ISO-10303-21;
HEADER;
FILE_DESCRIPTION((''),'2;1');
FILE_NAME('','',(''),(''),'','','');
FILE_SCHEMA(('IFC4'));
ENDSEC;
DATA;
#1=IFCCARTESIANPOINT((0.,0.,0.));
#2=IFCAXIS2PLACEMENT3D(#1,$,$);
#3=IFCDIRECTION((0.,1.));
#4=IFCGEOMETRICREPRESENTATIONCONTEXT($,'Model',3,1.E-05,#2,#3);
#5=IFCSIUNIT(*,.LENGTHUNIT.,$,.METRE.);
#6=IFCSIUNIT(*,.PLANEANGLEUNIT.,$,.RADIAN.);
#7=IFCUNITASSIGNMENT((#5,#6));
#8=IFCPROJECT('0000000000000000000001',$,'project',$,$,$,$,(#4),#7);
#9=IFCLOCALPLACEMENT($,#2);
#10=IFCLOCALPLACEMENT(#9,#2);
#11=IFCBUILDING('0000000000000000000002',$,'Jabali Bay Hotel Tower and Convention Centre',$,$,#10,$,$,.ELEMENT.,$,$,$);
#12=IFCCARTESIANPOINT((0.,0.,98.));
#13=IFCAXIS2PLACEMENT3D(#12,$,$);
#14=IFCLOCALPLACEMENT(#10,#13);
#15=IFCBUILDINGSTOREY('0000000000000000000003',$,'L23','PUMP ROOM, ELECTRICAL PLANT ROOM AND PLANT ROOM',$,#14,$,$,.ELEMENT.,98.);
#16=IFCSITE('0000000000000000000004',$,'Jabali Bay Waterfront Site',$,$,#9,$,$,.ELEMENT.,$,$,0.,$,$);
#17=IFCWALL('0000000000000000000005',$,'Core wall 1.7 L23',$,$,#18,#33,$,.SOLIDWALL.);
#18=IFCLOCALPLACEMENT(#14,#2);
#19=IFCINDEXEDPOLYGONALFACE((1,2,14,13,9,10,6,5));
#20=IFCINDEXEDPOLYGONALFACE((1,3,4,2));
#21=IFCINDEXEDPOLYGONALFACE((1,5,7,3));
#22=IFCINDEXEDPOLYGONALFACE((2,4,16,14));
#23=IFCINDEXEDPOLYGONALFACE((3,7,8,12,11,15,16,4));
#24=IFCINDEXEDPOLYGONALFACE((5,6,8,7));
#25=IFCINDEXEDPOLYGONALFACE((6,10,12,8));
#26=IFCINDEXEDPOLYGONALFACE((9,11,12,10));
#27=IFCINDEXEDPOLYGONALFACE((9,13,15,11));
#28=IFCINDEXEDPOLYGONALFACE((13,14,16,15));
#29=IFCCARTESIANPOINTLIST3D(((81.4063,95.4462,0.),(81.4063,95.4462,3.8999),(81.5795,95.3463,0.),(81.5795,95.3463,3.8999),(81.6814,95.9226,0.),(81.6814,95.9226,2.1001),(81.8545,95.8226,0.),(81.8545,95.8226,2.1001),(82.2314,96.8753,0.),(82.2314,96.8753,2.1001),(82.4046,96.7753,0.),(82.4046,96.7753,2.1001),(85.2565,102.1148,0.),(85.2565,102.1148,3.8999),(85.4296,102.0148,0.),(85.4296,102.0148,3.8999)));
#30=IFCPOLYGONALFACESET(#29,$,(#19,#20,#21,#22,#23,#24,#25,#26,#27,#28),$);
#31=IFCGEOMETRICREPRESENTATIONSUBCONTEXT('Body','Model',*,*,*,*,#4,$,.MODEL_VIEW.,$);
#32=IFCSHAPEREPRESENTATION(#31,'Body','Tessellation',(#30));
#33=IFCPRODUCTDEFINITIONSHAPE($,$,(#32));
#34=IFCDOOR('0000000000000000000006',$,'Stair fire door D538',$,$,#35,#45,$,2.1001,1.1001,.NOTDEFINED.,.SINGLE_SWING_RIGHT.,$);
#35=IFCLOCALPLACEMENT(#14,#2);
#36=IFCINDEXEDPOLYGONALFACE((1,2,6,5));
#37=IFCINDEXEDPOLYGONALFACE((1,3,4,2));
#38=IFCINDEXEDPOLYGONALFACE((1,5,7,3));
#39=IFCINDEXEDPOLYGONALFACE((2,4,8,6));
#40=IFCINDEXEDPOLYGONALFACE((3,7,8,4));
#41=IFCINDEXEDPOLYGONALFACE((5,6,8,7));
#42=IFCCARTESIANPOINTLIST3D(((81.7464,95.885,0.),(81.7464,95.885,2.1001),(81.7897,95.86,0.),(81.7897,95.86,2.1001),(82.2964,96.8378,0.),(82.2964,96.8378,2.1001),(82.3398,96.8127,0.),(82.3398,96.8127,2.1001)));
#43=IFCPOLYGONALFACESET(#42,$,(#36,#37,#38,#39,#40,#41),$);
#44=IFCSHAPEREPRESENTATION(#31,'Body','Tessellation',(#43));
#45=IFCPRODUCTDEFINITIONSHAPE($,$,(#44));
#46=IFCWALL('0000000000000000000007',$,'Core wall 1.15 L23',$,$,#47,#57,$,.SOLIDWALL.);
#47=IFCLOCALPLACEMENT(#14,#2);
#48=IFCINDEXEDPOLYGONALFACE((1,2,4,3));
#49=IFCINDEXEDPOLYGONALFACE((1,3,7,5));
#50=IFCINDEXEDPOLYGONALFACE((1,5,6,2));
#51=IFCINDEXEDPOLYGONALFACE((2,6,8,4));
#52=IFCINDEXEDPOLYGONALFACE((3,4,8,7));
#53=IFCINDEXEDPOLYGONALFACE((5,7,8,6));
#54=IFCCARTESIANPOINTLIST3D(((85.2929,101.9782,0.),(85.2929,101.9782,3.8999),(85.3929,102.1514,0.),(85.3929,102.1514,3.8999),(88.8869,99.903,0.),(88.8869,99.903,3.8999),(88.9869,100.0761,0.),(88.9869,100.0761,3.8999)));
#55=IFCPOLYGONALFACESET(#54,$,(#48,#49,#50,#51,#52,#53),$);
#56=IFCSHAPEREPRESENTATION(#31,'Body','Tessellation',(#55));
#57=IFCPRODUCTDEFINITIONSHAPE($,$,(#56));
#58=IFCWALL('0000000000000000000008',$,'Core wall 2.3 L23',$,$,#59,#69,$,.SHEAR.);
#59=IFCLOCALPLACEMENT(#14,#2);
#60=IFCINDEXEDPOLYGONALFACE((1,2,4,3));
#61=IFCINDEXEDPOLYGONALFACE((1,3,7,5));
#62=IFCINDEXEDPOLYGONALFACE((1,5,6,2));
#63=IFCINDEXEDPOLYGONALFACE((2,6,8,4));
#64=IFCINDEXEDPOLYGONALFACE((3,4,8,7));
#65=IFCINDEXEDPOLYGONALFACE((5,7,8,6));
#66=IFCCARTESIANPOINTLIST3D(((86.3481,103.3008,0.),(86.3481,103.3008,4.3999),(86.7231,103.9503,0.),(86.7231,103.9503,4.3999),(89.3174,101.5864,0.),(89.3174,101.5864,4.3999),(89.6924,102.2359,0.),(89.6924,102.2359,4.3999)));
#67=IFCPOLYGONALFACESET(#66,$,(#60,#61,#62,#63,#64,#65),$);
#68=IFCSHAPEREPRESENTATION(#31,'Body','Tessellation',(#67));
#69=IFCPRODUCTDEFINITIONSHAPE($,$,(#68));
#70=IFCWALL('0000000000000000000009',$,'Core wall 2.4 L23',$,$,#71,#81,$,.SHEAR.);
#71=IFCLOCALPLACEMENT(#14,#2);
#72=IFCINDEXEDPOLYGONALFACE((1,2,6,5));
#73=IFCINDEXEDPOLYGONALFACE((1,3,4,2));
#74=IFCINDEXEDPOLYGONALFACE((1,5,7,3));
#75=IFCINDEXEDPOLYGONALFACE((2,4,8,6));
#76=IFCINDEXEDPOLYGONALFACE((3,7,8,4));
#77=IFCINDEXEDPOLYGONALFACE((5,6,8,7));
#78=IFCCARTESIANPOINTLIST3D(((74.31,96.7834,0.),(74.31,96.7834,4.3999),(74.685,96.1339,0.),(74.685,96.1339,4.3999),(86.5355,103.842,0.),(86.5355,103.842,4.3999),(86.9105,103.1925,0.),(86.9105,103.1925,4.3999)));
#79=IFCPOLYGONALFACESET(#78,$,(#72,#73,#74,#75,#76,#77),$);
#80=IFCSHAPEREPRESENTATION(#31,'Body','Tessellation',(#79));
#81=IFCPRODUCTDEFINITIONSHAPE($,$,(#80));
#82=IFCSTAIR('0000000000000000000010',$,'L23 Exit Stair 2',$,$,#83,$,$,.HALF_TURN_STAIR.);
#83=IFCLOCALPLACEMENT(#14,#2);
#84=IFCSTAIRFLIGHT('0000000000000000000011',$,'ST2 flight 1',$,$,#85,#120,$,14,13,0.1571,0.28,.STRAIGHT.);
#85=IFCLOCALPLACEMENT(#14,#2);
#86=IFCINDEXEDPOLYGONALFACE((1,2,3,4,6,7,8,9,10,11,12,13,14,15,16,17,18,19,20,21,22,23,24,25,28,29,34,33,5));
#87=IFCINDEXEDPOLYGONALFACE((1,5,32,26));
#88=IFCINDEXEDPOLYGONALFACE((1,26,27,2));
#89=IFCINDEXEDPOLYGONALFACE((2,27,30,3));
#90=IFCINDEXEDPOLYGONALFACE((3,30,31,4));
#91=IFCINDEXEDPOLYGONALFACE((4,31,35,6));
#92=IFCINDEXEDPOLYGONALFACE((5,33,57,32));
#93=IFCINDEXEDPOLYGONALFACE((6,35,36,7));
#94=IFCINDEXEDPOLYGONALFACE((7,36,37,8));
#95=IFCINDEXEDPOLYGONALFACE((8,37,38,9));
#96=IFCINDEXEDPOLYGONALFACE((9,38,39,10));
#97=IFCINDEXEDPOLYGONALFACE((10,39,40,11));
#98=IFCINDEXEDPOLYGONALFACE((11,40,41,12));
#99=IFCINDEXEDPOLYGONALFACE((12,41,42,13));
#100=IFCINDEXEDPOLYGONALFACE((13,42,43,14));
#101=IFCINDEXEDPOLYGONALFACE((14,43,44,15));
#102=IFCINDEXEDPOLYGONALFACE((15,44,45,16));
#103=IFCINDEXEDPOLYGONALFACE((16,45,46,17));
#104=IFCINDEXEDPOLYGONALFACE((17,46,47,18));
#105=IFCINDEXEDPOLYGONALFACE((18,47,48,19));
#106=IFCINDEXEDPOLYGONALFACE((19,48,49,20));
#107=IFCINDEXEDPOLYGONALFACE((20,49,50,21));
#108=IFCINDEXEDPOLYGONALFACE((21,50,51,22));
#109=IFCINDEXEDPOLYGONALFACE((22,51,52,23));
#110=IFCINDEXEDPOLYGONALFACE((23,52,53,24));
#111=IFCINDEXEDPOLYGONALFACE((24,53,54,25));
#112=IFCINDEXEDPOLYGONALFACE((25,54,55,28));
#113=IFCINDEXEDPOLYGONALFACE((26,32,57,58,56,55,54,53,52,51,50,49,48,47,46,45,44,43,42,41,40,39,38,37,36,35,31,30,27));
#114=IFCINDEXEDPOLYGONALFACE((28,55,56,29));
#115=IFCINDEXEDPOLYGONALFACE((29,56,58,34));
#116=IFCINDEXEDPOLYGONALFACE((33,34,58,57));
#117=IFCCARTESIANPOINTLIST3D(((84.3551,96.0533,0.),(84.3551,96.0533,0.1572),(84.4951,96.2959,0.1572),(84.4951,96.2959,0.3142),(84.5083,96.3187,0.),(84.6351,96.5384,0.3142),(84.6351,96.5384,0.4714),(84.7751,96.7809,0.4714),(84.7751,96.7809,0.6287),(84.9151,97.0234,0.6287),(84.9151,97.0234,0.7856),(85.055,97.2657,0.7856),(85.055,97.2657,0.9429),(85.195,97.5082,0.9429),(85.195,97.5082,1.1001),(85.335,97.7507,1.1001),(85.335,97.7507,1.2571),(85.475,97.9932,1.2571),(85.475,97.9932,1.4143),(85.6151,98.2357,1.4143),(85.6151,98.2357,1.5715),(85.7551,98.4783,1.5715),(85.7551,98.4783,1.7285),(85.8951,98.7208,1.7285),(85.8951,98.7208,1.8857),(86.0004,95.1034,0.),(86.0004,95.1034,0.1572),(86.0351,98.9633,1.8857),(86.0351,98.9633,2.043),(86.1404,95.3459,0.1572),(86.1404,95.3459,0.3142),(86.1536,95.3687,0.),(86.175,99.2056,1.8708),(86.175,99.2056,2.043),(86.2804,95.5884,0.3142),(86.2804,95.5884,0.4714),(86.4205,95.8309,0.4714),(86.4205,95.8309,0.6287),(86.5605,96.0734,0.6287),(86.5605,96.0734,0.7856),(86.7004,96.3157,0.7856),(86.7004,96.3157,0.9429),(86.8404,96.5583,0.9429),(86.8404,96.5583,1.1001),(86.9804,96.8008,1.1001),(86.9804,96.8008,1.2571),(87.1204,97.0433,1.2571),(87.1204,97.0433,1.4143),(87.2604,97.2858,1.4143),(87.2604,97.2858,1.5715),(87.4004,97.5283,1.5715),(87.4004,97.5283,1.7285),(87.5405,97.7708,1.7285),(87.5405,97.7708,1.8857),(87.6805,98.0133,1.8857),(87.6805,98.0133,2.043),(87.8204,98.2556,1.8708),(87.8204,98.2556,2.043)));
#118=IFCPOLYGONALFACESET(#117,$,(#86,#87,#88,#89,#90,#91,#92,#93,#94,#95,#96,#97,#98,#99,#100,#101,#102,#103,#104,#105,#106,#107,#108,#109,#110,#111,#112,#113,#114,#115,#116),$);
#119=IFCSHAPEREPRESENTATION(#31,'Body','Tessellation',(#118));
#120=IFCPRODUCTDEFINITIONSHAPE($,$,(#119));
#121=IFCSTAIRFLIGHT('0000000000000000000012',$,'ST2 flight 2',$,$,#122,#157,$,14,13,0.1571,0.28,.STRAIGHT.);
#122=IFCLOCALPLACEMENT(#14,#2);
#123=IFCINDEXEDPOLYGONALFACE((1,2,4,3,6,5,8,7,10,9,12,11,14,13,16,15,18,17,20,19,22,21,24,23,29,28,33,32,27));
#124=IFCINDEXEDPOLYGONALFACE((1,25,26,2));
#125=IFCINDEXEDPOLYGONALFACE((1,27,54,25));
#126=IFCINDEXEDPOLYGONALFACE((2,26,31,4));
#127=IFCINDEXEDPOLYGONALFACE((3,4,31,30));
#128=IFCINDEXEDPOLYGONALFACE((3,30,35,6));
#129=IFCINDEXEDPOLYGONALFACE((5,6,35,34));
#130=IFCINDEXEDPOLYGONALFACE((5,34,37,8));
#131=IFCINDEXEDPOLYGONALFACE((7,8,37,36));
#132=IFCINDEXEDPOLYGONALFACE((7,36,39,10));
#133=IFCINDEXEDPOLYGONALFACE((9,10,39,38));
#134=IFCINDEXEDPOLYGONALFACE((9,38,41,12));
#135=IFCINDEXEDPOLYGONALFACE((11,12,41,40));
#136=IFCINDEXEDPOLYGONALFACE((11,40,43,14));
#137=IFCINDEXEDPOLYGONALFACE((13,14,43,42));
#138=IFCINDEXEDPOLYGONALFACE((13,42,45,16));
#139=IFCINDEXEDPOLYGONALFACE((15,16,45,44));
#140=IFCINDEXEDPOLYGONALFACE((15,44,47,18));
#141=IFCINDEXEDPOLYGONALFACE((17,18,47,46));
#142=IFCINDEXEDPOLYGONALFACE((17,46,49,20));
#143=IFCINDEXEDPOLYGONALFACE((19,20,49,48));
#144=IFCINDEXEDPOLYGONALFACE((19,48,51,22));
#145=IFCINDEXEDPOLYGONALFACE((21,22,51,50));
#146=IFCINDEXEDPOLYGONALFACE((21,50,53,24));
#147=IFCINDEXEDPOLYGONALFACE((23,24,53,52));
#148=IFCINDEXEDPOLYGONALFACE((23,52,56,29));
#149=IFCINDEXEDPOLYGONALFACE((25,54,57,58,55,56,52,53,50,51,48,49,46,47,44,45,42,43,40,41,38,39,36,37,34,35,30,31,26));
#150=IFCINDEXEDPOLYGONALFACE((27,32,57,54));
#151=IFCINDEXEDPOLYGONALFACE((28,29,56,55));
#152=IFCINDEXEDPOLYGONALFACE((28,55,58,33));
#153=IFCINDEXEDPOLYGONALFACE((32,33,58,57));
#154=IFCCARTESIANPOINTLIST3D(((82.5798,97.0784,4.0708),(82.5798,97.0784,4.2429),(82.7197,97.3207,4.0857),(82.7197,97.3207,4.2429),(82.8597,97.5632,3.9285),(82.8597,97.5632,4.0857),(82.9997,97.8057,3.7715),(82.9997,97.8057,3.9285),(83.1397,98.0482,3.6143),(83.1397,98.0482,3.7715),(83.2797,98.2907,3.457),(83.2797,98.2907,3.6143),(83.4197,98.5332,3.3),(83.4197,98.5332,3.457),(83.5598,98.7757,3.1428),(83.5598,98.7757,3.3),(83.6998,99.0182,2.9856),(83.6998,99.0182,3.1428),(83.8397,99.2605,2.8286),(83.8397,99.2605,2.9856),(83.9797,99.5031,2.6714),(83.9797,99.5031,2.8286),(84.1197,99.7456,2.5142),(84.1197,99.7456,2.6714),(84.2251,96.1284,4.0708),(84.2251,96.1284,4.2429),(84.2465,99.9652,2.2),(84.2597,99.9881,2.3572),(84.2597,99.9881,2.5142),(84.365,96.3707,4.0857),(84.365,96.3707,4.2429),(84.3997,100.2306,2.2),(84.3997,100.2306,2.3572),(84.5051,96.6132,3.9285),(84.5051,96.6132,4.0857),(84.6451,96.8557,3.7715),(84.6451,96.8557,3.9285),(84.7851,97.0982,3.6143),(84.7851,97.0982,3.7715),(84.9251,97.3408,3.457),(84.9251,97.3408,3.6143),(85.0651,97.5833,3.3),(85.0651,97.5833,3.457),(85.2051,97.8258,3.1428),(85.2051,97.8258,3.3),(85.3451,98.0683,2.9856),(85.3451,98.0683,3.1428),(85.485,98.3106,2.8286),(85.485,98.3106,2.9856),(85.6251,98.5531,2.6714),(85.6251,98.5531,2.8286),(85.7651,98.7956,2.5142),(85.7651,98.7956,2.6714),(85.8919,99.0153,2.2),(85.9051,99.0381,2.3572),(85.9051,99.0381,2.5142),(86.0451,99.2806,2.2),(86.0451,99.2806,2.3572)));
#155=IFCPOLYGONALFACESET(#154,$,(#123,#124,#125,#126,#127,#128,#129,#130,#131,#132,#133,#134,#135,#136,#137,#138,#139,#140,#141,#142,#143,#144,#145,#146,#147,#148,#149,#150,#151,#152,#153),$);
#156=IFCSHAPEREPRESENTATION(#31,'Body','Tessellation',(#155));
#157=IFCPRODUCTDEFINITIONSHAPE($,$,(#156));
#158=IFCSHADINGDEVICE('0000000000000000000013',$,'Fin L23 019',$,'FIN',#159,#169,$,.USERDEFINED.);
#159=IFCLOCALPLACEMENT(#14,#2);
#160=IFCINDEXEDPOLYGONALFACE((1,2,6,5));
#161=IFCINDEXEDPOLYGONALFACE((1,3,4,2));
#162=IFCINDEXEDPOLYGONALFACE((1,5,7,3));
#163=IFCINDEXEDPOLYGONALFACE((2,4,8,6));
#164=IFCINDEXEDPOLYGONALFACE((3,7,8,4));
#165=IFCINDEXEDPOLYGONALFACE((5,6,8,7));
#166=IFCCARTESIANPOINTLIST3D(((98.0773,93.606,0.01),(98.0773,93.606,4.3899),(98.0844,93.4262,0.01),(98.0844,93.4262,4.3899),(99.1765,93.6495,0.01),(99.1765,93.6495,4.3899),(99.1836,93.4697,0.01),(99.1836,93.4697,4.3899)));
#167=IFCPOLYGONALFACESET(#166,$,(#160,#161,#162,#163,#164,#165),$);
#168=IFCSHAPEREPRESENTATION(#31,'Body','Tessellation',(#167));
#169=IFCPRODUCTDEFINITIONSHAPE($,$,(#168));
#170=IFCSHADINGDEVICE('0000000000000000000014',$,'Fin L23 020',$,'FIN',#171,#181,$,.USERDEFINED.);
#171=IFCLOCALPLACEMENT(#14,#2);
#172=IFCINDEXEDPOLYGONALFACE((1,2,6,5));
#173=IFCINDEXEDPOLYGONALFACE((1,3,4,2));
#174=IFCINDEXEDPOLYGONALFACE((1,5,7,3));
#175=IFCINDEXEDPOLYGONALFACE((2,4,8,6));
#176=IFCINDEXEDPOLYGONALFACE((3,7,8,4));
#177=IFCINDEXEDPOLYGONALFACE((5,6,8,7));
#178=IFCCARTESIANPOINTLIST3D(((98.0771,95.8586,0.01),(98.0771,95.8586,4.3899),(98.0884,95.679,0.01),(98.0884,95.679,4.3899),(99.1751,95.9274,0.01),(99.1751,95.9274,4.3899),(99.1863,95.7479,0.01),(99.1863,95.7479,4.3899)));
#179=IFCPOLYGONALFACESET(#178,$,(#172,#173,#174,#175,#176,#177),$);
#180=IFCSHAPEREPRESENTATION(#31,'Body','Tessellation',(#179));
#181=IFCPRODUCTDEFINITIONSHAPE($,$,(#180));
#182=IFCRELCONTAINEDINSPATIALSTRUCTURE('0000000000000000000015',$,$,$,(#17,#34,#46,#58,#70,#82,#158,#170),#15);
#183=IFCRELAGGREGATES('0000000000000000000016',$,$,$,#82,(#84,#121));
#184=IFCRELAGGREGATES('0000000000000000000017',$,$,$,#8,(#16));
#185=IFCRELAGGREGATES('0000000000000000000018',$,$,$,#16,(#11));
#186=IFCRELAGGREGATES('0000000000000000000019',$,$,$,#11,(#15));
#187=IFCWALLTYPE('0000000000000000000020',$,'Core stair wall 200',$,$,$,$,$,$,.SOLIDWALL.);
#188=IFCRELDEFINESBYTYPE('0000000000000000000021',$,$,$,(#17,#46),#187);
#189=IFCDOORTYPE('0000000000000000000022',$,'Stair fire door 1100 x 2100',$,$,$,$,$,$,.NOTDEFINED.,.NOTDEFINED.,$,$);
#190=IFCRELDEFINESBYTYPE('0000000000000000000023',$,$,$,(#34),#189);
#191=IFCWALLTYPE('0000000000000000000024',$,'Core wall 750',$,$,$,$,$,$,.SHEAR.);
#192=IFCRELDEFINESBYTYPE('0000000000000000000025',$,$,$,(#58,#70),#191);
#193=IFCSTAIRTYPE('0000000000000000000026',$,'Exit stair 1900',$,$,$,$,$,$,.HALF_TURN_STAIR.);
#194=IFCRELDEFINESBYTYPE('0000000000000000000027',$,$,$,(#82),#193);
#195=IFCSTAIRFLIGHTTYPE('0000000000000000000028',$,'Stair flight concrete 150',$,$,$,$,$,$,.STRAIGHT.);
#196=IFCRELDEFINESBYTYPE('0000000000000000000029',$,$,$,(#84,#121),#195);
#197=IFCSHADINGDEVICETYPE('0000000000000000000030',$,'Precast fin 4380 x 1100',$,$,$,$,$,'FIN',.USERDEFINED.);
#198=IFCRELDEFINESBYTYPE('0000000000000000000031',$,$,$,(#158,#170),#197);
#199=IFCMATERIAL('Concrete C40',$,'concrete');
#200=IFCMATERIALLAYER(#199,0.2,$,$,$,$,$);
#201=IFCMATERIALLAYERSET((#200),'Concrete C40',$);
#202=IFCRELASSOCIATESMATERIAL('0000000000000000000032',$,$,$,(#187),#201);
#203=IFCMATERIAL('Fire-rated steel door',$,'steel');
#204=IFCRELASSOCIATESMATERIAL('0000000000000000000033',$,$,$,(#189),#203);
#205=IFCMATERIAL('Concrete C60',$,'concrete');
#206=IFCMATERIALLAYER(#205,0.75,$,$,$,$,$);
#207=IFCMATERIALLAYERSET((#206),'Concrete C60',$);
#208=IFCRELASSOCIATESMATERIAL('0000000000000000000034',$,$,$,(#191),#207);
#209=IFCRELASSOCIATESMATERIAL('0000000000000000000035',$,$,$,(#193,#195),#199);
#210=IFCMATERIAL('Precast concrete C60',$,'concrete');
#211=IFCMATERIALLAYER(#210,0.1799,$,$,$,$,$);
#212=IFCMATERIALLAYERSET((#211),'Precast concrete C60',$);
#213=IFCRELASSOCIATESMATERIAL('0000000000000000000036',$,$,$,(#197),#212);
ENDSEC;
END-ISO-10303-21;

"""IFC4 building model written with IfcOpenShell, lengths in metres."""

from ifc_helpers import new_model, si_unit, direction, frame, frame_2d, origin, place, context, subcontext, project, spatial, polyline, rectangle, outline, extrude, material, layer, layer_set, type_object, element, fill, aggregate, save


model = new_model("IFC4")

# Units and contexts
model_context = context("Model", 3, precision=1e-05, world=origin(), true_north=direction((0.0, 1.0)))
body_context = subcontext(model_context, "Body", "Model", "MODEL_VIEW")
ifc_project = project(units=[si_unit("LENGTHUNIT", "METRE"), si_unit("PLANEANGLEUNIT", "RADIAN")], contexts=[model_context])

# Site, building, storey
site_placement = place(None, origin())
site = spatial("IfcSite", under=ifc_project, at=site_placement, Name="Jabali Bay Waterfront Site", CompositionType="ELEMENT", RefElevation=0.0)
building_placement = place(site_placement, origin())
building = spatial("IfcBuilding", under=site, at=building_placement, Name="Jabali Bay Hotel Tower and Convention Centre", CompositionType="ELEMENT")
storey_placement = place(building_placement, frame((0.0, 0.0, 98.0)))
storey = spatial("IfcBuildingStorey", under=building, at=storey_placement, Name="L23", Description="PUMP ROOM, ELECTRICAL PLANT ROOM AND PLANT ROOM", CompositionType="ELEMENT", Elevation=98.0)

# Shared definitions
ifc_material_1 = material(Name="Concrete C60", Category="concrete")

# Shared definitions
ifc_material_2 = material(Name="Concrete C40", Category="concrete")
ifc_layer_1 = layer(ifc_material_2, 0.2)
ifc_layer_set_1 = layer_set([ifc_layer_1], Name="Concrete C40")
wall_type_1 = type_object("IfcWallType", Name="Core stair wall 200", PredefinedType="SOLIDWALL", material=ifc_layer_set_1)

# Wall, opening, door
wall_1_placement = place(storey_placement, frame((81.4929, 95.3962, 0.0), z_axis=(0.0, 0.0, 1.0), x_axis=(0.500006, 0.866022, 0.0)))
wall_1 = element("IfcWall", 1, at=wall_1_placement, inside=storey, type_object=wall_type_1, Name="Core wall 1.7 L23", PredefinedType="SOLIDWALL", context=body_context, shape_type="SweptSolid", body=[
    extrude(rectangle(XDim=7.7002, YDim=0.2, at=frame_2d((3.8501, 0.0))), origin(), (0.0, 0.0, 1.0), 3.8999),
])
opening_placement = place(wall_1_placement, frame((0.55, 0.0, 0.0)))
opening = element("IfcOpeningElement", 2, at=opening_placement, cuts=wall_1, PredefinedType="OPENING", context=body_context, shape_type="SweptSolid", body=[
    extrude(rectangle(XDim=1.1001, YDim=2.1001, at=frame_2d((0.55, 1.05))), frame((0.0, 0.1104, 0.0), z_axis=(0.0, -1.0, 0.0), x_axis=(1.0, 0.0, 0.0)), (0.0, 0.0, 1.0), 0.2209),
])
ifc_material_3 = material(Name="Fire-rated steel door", Category="steel")
door_type = type_object("IfcDoorType", Name="Stair fire door 1100 x 2100", OperationType="NOTDEFINED", PredefinedType="NOTDEFINED", material=ifc_material_3)
door_placement = place(opening_placement, origin())
door = element("IfcDoor", 3, at=door_placement, inside=storey, type_object=door_type, Name="Stair fire door D538", OperationType="SINGLE_SWING_RIGHT", OverallHeight=2.1001, OverallWidth=1.1001, PredefinedType="NOTDEFINED", context=body_context, shape_type="SweptSolid", body=[
    extrude(rectangle(XDim=1.1001, YDim=2.1001, at=frame_2d((0.55, 1.05))), frame((0.0, 0.0249, 0.0), z_axis=(0.0, -1.0, 0.0), x_axis=(1.0, 0.0, 0.0)), (0.0, 0.0, 1.0), 0.05),
])
fill(opening, door)

# Walls
wall_2_placement = place(storey_placement, frame((88.937, 99.9895, 0.0), z_axis=(0.0, 0.0, 1.0), x_axis=(-0.866004, 0.500036, 0.0)))
element("IfcWall", 4, at=wall_2_placement, inside=storey, type_object=wall_type_1, Name="Core wall 1.15 L23", PredefinedType="SOLIDWALL", context=body_context, shape_type="SweptSolid", body=[
    extrude(rectangle(XDim=4.1501, YDim=0.2, at=frame_2d((2.0752, 0.0))), origin(), (0.0, 0.0, 1.0), 3.8999),
])
ifc_layer_2 = layer(ifc_material_1, 0.75)
ifc_layer_set_2 = layer_set([ifc_layer_2], Name="Concrete C60")
wall_type_2 = type_object("IfcWallType", Name="Core wall 750", PredefinedType="SHEAR", material=ifc_layer_set_2)
wall_3_placement = place(storey_placement, frame((89.5049, 101.9111, 0.0), z_axis=(0.0, 0.0, 1.0), x_axis=(-0.866017, 0.500014, 0.0)))
element("IfcWall", 5, at=wall_3_placement, inside=storey, type_object=wall_type_2, Name="Core wall 2.3 L23", PredefinedType="SHEAR", context=body_context, shape_type="SweptSolid", body=[
    extrude(rectangle(XDim=3.4287, YDim=0.75, at=frame_2d((1.7144, 0.0))), origin(), (0.0, 0.0, 1.0), 4.3999),
])
wall_4_placement = place(storey_placement, frame((86.7231, 103.5173, 0.0), z_axis=(0.0, 0.0, 1.0), x_axis=(-0.866021, -0.500008, 0.0)))
element("IfcWall", 6, at=wall_4_placement, inside=storey, type_object=wall_type_2, Name="Core wall 2.4 L23", PredefinedType="SHEAR", context=body_context, shape_type="SweptSolid", body=[
    extrude(rectangle(XDim=14.1169, YDim=0.75, at=frame_2d((7.0586, 0.0))), origin(), (0.0, 0.0, 1.0), 4.3999),
])

# Stair, stair flights
stair_type = type_object("IfcStairType", Name="Exit stair 1900", PredefinedType="HALF_TURN_STAIR", material=ifc_material_2)
stair_placement = place(storey_placement, origin())
stair = element("IfcStair", 7, at=stair_placement, inside=storey, type_object=stair_type, Name="L23 Exit Stair 2", PredefinedType="HALF_TURN_STAIR")
stair_flight_type = type_object("IfcStairFlightType", Name="Stair flight concrete 150", PredefinedType="STRAIGHT", material=ifc_material_2)
stair_flight_1_placement = place(storey_placement, frame((85.1777, 95.5784, 0.0), z_axis=(0.0, 0.0, 1.0), x_axis=(0.5, 0.866025, 0.0)))
stair_flight_1 = element("IfcStairFlight", 8, at=stair_flight_1_placement, type_object=stair_flight_type, Name="ST2 flight 1", NumberOfRisers=14, NumberOfTreads=13, PredefinedType="STRAIGHT", RiserHeight=0.1571, TreadLength=0.28, context=body_context, shape_type="SweptSolid", body=[
    extrude(outline(polyline([(0.0, 0.0), (0.0, 0.1572), (0.28, 0.1572), (0.28, 0.3142), (0.5601, 0.3142), (0.5601, 0.4714), (0.8401, 0.4714), (0.8401, 0.6287), (1.1201, 0.6287), (1.1201, 0.7856), (1.3999, 0.7856), (1.3999, 0.9429), (1.6799, 0.9429), (1.6799, 1.1001), (1.96, 1.1001), (1.96, 1.2571), (2.24, 1.2571), (2.24, 1.4143), (2.52, 1.4143), (2.52, 1.5715), (2.8, 1.5715), (2.8, 1.7285), (3.0801, 1.7285), (3.0801, 1.8857), (3.3601, 1.8857), (3.3601, 2.043), (3.6399, 2.043), (3.6399, 2.2), (3.6399, 1.8708), (0.3064, 0.0), (0.0, 0.0)])), frame((0.0, 0.95, 0.0), z_axis=(0.0, -1.0, 0.0), x_axis=(1.0, 0.0, 0.0)), (0.0, 0.0, 1.0), 1.8999),
])
stair_flight_2_placement = place(storey_placement, frame((85.2224, 99.7556, 2.2), z_axis=(0.0, 0.0, 1.0), x_axis=(-0.5, -0.866025, 0.0)))
stair_flight_2 = element("IfcStairFlight", 9, at=stair_flight_2_placement, type_object=stair_flight_type, Name="ST2 flight 2", NumberOfRisers=14, NumberOfTreads=13, PredefinedType="STRAIGHT", RiserHeight=0.1571, TreadLength=0.28, context=body_context, shape_type="SweptSolid", body=[
    extrude(outline(polyline([(0.0, 0.0), (0.0, 0.1572), (0.28, 0.1572), (0.28, 0.3142), (0.5601, 0.3142), (0.5601, 0.4714), (0.8401, 0.4714), (0.8401, 0.6287), (1.1201, 0.6287), (1.1201, 0.7856), (1.3999, 0.7856), (1.3999, 0.9429), (1.6799, 0.9429), (1.6799, 1.1001), (1.96, 1.1001), (1.96, 1.2571), (2.24, 1.2571), (2.24, 1.4143), (2.52, 1.4143), (2.52, 1.5715), (2.8, 1.5715), (2.8, 1.7285), (3.0801, 1.7285), (3.0801, 1.8857), (3.3601, 1.8857), (3.3601, 2.043), (3.6399, 2.043), (3.6399, 2.2), (3.6399, 1.8708), (0.3064, 0.0), (0.0, 0.0)])), frame((0.0, 0.95, 0.0), z_axis=(0.0, -1.0, 0.0), x_axis=(1.0, 0.0, 0.0)), (0.0, 0.0, 1.0), 1.8999),
])
aggregate(stair, [stair_flight_1, stair_flight_2])

# Shading devices
ifc_material_4 = material(Name="Precast concrete C60", Category="concrete")
ifc_layer_3 = layer(ifc_material_4, 0.1799)
ifc_layer_set_3 = layer_set([ifc_layer_3], Name="Precast concrete C60")
shading_device_type = type_object("IfcShadingDeviceType", Name="Precast fin 4380 x 1100", ElementType="FIN", PredefinedType="USERDEFINED", material=ifc_layer_set_3)
for number, where, z_axis, x_axis, name in (
    (10, (98.0808, 93.5161, 0.01), (0.0, 0.0, 1.0), (0.999219, 0.039507, 0.0), "Fin L23 019"),
    (11, (98.0828, 95.7688, 0.01), (0.0, 0.0, 1.0), (0.99804, 0.062586, 0.0), "Fin L23 020"),
):
    element("IfcShadingDevice", number, at=place(storey_placement, frame(where, z_axis=z_axis, x_axis=x_axis)), inside=storey, type_object=shading_device_type, Name=name, ObjectType="FIN", PredefinedType="USERDEFINED", context=body_context, shape_type="SweptSolid", body=[
        extrude(rectangle(XDim=1.1001, YDim=0.1799, at=frame_2d((0.55, 0.0))), origin(), (0.0, 0.0, 1.0), 4.3799),
    ])

save(model, "model.ifc")
